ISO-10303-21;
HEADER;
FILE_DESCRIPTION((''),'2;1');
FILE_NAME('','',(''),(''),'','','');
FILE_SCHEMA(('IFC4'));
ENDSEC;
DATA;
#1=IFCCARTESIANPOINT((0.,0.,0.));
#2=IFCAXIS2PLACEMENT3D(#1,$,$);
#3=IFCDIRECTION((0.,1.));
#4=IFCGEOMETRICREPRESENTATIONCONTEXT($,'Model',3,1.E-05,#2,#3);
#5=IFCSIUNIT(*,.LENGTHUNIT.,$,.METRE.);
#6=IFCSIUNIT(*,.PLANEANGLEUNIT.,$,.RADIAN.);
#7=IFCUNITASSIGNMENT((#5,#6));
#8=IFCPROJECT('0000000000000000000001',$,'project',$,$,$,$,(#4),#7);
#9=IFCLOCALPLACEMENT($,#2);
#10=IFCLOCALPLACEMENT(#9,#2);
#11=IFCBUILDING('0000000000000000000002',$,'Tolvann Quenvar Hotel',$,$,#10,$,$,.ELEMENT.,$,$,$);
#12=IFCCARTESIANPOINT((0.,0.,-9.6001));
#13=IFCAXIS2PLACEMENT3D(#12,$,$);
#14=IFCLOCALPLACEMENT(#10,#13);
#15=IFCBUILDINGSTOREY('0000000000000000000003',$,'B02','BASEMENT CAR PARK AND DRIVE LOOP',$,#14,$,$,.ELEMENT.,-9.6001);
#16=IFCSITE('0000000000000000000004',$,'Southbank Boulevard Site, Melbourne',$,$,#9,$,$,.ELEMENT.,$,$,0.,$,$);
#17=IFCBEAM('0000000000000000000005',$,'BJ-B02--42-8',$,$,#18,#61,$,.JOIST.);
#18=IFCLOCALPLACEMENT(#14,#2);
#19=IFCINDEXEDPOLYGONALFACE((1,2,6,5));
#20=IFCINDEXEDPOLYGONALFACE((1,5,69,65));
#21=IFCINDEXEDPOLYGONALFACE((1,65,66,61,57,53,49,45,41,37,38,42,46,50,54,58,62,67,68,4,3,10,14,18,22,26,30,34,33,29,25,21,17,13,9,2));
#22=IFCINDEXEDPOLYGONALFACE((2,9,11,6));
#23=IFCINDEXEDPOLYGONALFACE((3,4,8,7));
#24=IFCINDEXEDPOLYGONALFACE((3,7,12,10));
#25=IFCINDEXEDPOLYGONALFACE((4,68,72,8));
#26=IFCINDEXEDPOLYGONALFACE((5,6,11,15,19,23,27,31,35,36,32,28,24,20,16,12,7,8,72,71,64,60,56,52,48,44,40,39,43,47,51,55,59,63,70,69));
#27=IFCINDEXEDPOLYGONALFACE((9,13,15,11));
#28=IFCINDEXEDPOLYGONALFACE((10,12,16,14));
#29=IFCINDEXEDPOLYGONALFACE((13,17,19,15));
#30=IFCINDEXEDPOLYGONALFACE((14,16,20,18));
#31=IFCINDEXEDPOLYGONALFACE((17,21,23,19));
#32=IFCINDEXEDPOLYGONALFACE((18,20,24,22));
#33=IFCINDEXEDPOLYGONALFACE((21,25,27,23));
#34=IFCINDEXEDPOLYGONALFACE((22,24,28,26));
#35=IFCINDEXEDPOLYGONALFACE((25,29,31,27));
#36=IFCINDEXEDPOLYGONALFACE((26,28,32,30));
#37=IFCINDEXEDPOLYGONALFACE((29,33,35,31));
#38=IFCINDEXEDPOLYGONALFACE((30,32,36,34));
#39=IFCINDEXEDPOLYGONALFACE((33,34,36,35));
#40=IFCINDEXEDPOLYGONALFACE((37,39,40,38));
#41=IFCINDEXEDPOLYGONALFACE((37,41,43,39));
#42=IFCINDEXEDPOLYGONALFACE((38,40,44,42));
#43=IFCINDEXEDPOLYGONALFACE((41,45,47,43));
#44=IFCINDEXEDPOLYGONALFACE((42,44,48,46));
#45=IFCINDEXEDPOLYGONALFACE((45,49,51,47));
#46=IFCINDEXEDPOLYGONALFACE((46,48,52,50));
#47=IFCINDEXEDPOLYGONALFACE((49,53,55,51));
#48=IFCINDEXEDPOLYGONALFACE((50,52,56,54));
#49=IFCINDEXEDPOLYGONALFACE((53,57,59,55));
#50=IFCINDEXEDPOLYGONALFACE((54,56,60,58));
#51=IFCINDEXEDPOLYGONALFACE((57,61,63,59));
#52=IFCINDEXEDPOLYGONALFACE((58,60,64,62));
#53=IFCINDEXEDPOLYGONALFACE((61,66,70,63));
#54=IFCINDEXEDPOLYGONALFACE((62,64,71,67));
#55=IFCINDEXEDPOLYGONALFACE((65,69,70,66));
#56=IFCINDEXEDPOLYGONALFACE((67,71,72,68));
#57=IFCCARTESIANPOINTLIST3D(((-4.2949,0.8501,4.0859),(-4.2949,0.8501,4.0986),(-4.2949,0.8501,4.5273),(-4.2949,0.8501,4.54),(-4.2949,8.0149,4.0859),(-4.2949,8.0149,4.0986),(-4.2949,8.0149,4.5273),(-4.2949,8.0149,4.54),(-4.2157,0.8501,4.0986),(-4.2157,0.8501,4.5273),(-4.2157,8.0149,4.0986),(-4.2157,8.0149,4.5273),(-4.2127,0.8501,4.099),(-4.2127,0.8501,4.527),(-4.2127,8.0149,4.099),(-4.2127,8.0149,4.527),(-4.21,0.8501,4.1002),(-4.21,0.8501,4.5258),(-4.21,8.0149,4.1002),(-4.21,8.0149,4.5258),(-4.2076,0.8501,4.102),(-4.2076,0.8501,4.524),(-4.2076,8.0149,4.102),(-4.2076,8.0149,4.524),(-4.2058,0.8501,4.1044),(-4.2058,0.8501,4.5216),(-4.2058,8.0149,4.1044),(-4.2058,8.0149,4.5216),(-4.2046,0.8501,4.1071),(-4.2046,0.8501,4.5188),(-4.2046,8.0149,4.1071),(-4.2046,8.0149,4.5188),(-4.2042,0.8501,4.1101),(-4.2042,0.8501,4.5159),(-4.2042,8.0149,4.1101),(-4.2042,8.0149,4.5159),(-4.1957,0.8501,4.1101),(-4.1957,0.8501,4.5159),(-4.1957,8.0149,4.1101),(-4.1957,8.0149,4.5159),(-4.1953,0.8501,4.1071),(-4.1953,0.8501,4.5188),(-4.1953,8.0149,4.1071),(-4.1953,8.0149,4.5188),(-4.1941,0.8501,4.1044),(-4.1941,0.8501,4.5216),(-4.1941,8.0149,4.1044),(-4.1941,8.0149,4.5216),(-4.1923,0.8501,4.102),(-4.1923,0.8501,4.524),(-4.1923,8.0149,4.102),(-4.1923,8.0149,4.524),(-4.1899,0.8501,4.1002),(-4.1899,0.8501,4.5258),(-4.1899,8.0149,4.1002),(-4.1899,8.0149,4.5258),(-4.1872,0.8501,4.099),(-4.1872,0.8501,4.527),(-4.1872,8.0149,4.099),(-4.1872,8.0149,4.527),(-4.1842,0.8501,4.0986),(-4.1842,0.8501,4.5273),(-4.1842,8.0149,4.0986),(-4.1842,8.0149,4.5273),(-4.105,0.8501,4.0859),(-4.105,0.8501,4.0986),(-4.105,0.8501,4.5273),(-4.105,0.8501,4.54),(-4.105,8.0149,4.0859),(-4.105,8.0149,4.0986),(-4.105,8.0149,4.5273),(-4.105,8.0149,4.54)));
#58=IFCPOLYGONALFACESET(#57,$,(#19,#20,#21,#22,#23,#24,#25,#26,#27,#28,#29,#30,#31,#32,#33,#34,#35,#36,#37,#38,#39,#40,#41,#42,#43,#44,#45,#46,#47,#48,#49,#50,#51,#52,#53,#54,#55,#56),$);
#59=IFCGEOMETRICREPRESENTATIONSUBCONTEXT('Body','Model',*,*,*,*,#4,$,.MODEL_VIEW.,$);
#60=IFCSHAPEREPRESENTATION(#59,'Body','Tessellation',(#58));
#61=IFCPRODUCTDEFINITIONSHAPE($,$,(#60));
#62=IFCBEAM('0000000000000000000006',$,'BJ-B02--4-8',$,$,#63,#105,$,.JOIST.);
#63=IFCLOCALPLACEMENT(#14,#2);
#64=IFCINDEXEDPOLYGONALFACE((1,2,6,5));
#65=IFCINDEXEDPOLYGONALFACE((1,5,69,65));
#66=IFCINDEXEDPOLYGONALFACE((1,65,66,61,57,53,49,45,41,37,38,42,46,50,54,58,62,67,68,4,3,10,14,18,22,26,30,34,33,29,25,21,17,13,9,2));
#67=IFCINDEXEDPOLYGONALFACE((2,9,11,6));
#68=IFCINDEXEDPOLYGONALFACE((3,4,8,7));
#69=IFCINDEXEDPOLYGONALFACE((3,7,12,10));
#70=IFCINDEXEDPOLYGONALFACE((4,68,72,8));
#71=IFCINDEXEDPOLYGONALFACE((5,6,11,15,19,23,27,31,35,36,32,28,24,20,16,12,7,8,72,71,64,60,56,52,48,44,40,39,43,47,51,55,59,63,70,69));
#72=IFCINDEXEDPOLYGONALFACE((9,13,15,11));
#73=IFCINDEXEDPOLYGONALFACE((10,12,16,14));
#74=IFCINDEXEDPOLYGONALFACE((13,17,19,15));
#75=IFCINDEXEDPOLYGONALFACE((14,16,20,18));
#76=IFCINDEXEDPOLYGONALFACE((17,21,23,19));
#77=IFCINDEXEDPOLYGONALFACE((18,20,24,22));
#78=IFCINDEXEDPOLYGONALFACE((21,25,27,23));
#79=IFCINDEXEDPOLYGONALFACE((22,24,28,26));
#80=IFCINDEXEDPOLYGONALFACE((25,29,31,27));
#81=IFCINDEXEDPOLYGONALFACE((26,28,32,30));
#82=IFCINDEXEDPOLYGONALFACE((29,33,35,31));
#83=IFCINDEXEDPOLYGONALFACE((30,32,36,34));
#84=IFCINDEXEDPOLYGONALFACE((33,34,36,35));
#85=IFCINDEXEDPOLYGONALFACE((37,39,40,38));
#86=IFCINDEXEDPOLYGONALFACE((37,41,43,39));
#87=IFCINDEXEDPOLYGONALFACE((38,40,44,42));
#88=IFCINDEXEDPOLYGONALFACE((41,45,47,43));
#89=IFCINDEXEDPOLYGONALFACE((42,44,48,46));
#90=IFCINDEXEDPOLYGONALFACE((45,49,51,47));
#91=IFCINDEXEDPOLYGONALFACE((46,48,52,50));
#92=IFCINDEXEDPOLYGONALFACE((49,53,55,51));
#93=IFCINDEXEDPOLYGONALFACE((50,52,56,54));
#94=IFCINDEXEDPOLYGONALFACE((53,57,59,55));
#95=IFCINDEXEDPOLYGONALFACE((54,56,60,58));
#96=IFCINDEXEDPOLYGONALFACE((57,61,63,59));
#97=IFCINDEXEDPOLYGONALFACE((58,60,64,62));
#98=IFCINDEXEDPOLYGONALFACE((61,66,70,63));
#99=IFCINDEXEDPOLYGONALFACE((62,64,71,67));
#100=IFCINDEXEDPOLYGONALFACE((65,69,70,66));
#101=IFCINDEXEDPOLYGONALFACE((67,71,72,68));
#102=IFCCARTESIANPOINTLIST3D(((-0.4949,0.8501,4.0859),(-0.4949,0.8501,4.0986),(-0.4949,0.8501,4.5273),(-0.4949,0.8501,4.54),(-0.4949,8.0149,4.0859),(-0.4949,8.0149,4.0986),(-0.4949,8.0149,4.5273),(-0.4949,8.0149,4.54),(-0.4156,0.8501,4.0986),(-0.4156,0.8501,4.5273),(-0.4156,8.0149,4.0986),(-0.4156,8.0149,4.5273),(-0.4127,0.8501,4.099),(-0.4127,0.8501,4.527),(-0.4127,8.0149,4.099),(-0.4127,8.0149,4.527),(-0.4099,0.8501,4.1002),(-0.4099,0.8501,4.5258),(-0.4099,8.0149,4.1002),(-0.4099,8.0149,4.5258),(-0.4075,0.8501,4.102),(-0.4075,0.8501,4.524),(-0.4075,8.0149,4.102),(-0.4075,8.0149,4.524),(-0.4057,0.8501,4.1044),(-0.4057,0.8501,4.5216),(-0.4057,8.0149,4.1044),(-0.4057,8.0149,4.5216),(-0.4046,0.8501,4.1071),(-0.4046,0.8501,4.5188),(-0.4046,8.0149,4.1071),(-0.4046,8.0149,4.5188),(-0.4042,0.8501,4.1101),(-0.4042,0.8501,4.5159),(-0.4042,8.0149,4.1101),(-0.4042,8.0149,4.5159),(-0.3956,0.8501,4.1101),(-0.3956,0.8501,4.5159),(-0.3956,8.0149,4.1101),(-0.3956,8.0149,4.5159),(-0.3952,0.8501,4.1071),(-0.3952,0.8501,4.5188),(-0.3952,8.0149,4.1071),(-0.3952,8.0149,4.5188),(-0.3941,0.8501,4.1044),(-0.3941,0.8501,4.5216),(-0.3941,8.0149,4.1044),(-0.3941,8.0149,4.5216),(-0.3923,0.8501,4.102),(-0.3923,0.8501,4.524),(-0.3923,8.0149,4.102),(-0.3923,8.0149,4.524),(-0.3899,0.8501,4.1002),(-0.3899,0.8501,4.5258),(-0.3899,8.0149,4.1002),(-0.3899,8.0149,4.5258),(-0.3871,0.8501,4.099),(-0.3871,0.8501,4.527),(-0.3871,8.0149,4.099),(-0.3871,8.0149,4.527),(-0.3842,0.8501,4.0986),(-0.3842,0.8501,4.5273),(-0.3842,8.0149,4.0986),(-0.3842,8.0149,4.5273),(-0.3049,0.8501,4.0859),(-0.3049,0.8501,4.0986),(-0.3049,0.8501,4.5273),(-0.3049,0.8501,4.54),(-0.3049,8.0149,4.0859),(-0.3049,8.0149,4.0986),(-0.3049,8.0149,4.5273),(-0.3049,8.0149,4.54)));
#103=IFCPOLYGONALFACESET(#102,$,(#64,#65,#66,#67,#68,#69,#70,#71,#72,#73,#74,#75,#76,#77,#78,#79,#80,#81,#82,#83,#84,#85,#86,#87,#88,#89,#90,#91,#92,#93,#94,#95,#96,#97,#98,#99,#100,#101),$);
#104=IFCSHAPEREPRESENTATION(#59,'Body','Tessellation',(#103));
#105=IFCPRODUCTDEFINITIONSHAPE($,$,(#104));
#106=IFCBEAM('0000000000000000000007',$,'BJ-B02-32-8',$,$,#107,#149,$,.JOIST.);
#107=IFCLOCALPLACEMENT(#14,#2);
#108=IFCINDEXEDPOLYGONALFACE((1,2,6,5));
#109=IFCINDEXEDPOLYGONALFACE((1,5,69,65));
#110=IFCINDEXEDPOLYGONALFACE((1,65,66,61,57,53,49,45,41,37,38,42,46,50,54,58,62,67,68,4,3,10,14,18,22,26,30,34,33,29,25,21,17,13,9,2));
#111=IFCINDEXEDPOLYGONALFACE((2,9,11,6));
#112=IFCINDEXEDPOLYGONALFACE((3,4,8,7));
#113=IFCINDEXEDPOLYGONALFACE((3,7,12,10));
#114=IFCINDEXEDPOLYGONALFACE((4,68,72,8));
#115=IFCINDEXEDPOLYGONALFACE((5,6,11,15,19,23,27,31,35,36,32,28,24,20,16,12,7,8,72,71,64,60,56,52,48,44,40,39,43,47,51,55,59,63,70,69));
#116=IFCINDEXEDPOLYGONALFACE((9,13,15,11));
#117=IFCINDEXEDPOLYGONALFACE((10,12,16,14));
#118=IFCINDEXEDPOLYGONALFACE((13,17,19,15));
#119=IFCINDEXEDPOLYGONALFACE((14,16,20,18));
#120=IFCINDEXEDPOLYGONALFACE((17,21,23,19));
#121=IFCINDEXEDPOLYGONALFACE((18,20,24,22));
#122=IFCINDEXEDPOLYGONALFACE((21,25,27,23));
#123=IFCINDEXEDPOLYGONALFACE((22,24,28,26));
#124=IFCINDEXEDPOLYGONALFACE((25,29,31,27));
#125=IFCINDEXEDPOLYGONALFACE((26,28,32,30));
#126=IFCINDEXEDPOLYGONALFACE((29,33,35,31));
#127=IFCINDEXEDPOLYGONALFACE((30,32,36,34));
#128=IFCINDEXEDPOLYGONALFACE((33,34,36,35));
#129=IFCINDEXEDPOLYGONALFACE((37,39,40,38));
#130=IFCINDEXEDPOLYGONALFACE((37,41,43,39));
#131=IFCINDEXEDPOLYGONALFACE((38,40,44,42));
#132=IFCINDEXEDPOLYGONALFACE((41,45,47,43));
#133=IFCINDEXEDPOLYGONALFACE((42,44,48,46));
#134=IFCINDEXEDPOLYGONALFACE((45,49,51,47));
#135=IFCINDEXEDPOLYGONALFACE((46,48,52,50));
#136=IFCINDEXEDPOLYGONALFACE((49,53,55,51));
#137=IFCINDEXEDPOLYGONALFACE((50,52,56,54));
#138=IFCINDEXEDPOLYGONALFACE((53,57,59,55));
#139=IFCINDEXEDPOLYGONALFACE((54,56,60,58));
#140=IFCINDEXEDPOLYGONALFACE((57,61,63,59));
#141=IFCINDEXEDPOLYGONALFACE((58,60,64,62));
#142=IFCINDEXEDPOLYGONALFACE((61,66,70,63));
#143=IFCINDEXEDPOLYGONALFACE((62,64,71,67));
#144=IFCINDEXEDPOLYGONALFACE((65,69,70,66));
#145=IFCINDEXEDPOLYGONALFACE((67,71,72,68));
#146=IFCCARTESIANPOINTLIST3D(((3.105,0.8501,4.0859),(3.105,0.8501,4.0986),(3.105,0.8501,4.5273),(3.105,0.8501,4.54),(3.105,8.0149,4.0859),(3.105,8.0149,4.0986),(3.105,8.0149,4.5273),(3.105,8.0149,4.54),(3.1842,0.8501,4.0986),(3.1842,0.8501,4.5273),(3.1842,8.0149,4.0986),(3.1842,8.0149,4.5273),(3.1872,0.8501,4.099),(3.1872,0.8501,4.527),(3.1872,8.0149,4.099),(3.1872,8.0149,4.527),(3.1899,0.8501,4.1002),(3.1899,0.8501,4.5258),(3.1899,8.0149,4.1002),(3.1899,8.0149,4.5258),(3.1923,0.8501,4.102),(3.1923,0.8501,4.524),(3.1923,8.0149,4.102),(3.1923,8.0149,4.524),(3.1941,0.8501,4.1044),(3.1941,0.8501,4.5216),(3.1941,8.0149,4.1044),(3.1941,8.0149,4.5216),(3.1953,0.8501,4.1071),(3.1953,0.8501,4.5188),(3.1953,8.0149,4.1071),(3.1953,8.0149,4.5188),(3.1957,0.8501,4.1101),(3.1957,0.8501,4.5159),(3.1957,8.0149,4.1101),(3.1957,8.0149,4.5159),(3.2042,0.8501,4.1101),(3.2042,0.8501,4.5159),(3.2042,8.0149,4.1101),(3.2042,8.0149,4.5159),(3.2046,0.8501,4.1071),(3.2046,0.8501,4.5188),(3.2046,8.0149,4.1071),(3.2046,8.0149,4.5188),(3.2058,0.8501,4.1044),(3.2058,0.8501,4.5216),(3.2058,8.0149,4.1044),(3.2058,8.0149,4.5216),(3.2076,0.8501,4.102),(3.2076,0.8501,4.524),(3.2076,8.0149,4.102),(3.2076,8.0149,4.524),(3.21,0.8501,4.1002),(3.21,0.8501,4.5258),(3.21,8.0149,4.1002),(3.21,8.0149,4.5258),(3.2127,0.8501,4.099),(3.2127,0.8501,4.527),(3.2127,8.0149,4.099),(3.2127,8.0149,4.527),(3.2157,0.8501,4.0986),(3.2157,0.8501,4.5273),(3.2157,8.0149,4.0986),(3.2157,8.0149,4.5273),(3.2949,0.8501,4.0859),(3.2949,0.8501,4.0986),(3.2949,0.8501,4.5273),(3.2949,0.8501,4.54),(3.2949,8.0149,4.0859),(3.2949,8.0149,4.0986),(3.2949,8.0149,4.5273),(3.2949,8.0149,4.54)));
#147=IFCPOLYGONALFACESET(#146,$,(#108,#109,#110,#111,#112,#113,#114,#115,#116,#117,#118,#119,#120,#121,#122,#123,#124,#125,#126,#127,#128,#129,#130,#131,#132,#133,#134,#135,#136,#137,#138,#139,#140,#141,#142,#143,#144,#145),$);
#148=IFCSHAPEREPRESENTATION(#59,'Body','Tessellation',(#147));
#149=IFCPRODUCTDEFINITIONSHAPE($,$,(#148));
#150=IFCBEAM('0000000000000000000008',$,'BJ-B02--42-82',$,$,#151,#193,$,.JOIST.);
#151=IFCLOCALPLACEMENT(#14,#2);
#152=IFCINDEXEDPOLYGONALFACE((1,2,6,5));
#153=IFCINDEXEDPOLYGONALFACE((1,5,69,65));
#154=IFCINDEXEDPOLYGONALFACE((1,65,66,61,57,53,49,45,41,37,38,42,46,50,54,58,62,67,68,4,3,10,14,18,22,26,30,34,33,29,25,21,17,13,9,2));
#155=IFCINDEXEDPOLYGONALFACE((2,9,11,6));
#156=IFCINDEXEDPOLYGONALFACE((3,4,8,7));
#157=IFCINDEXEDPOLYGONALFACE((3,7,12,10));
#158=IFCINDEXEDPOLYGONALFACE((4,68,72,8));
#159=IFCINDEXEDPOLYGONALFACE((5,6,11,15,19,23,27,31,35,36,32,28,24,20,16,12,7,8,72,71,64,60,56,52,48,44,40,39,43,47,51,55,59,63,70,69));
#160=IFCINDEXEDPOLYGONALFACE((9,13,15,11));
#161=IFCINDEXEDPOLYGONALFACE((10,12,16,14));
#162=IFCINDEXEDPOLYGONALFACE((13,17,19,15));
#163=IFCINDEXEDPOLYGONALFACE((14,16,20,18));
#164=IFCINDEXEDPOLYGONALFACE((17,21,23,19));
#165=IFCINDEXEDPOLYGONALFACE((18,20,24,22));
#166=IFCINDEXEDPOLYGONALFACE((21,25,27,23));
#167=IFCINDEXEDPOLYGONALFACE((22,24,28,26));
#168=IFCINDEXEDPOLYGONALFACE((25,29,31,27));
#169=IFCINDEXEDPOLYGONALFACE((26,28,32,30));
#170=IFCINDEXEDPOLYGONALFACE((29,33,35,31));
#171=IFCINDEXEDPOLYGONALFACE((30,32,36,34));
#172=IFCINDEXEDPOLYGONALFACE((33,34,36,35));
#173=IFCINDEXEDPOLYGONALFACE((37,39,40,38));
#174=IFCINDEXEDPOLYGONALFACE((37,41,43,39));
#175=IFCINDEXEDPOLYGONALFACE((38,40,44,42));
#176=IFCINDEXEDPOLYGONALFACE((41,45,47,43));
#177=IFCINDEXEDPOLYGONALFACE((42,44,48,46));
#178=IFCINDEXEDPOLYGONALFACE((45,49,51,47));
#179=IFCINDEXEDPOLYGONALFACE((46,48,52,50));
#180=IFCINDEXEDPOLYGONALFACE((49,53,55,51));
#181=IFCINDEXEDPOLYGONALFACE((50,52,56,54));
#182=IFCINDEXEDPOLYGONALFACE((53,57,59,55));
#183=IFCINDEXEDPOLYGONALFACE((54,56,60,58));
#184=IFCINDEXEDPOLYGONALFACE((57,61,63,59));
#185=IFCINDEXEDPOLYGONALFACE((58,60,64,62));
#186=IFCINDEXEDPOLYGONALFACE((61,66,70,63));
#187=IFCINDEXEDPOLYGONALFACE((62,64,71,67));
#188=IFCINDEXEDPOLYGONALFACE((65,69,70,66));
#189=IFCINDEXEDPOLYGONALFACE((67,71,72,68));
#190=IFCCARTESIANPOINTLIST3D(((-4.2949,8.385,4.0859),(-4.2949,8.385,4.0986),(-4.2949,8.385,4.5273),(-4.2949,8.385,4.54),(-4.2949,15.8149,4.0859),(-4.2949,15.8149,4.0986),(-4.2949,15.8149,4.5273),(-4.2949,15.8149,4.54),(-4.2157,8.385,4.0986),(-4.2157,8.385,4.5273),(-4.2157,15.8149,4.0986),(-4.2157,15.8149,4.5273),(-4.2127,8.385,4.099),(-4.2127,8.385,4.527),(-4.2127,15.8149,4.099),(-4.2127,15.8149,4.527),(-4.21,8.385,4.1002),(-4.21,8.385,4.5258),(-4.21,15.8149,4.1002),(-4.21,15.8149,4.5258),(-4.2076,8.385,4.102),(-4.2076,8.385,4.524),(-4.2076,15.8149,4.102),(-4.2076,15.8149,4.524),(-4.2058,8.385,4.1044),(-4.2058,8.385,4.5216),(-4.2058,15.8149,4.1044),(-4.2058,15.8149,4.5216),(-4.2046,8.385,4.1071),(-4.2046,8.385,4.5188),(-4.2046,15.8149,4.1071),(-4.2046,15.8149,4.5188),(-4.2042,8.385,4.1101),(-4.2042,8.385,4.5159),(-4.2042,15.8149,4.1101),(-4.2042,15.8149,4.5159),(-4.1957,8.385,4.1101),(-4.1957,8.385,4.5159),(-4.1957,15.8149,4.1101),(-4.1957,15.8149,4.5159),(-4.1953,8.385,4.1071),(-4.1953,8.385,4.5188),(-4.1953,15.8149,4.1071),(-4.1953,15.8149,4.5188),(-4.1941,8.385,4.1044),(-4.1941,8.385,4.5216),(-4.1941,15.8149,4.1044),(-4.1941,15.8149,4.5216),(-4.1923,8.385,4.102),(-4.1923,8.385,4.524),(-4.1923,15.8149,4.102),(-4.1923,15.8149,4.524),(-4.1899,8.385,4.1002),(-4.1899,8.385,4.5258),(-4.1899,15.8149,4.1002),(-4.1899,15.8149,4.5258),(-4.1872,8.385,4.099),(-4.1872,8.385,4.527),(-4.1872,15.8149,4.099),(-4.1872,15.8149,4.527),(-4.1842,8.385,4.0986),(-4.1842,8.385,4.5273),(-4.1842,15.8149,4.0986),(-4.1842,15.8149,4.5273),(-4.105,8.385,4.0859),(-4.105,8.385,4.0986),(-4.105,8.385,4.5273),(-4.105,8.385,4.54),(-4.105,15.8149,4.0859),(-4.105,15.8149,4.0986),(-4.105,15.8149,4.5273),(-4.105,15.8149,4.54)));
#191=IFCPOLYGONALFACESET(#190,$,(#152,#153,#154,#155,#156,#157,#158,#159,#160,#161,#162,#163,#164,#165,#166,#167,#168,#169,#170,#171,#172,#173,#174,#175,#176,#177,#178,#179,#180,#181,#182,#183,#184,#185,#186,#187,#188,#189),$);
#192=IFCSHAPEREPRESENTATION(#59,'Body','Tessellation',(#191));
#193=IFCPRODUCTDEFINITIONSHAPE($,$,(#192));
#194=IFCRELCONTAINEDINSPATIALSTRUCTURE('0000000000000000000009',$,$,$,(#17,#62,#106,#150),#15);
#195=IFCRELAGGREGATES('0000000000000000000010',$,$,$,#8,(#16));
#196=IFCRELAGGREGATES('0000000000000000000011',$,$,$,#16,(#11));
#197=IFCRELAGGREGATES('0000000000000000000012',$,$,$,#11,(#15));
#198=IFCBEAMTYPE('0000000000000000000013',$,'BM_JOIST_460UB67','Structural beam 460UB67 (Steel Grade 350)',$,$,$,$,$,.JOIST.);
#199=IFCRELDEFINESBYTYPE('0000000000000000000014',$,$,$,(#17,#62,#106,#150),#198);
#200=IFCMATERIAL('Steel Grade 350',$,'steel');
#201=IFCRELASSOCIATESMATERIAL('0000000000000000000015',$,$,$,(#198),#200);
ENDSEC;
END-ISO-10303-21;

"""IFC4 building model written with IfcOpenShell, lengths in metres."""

from ifc_helpers import new_model, si_unit, direction, frame, origin, origin_2d, place, context, subcontext, project, spatial, i_section, extrude, source, transform, mapped, material, material_profile, profile_set, type_object, element, save


model = new_model("IFC4")

# Units and contexts
model_context = context("Model", 3, precision=1e-05, world=origin(), true_north=direction((0.0, 1.0)))
body_context = subcontext(model_context, "Body", "Model", "MODEL_VIEW")
ifc_project = project(units=[si_unit("LENGTHUNIT", "METRE"), si_unit("PLANEANGLEUNIT", "RADIAN")], contexts=[model_context])

# Site, building, storey
site_placement = place(None, origin())
site = spatial("IfcSite", under=ifc_project, at=site_placement, Name="Southbank Boulevard Site, Melbourne", CompositionType="ELEMENT", RefElevation=0.0)
building_placement = place(site_placement, origin())
building = spatial("IfcBuilding", under=site, at=building_placement, Name="Tolvann Quenvar Hotel", CompositionType="ELEMENT")
storey_placement = place(building_placement, frame((0.0, 0.0, -9.6001)))
storey = spatial("IfcBuildingStorey", under=building, at=storey_placement, Name="B02", Description="BASEMENT CAR PARK AND DRIVE LOOP", CompositionType="ELEMENT", Elevation=-9.6001)

# Beams
ifc_material_1 = material(Name="Steel Grade 350", Category="steel")
ifc_material_profile_1 = material_profile(ifc_material_1, i_section(OverallWidth=0.1899, OverallDepth=0.4541, WebThickness=0.0085, FlangeThickness=0.0127, FilletRadius=0.0115, at=origin_2d()), Name="460UB67")
ifc_profile_set_1 = profile_set([ifc_material_profile_1], Name="Steel Grade 350")
beam_type_1 = type_object("IfcBeamType", Name="BM_JOIST_460UB67", Description="Structural beam 460UB67 (Steel Grade 350)", PredefinedType="JOIST", material=ifc_profile_set_1)
shared_shape_1 = source(origin(), body_context, "Body", "SweptSolid", [
    extrude(i_section(OverallWidth=0.1899, OverallDepth=0.4541, WebThickness=0.0085, FlangeThickness=0.0127, FilletRadius=0.0115, at=origin_2d()), origin(), (0.0, 0.0, 1.0), 7.1648),
])
for number, where, z_axis, x_axis, name in (
    (1, (-4.2, 0.8501, 4.313), (0.0, 1.0, 0.0), (-1.0, 0.0, 0.0), "BJ-B02--42-8"),
    (2, (-0.3999, 0.8501, 4.313), (0.0, 1.0, 0.0), (-1.0, 0.0, 0.0), "BJ-B02--4-8"),
    (3, (3.2, 0.8501, 4.313), (0.0, 1.0, 0.0), (-1.0, 0.0, 0.0), "BJ-B02-32-8"),
):
    element("IfcBeam", number, at=place(storey_placement, frame(where, z_axis=z_axis, x_axis=x_axis)), inside=storey, type_object=beam_type_1, Name=name, PredefinedType="JOIST", context=body_context, shape_type="MappedRepresentation", body=[
        mapped(shared_shape_1, transform((0.0, 0.0, 0.0), x_axis=(1.0, 0.0, 0.0), y_axis=(0.0, 1.0, 0.0), z_axis=(0.0, 0.0, 1.0), scale=1.0)),
    ])
shared_shape_2 = source(origin(), body_context, "Body", "SweptSolid", [
    extrude(i_section(OverallWidth=0.1899, OverallDepth=0.4541, WebThickness=0.0085, FlangeThickness=0.0127, FilletRadius=0.0115, at=origin_2d()), origin(), (0.0, 0.0, 1.0), 7.4299),
])
for number, where, z_axis, x_axis, name in (
    (4, (-4.2, 8.385, 4.313), (0.0, 1.0, 0.0), (-1.0, 0.0, 0.0), "BJ-B02--42-82"),
):
    element("IfcBeam", number, at=place(storey_placement, frame(where, z_axis=z_axis, x_axis=x_axis)), inside=storey, type_object=beam_type_1, Name=name, PredefinedType="JOIST", context=body_context, shape_type="MappedRepresentation", body=[
        mapped(shared_shape_2, transform((0.0, 0.0, 0.0), x_axis=(1.0, 0.0, 0.0), y_axis=(0.0, 1.0, 0.0), z_axis=(0.0, 0.0, 1.0), scale=1.0)),
    ])

save(model, "model.ifc")
